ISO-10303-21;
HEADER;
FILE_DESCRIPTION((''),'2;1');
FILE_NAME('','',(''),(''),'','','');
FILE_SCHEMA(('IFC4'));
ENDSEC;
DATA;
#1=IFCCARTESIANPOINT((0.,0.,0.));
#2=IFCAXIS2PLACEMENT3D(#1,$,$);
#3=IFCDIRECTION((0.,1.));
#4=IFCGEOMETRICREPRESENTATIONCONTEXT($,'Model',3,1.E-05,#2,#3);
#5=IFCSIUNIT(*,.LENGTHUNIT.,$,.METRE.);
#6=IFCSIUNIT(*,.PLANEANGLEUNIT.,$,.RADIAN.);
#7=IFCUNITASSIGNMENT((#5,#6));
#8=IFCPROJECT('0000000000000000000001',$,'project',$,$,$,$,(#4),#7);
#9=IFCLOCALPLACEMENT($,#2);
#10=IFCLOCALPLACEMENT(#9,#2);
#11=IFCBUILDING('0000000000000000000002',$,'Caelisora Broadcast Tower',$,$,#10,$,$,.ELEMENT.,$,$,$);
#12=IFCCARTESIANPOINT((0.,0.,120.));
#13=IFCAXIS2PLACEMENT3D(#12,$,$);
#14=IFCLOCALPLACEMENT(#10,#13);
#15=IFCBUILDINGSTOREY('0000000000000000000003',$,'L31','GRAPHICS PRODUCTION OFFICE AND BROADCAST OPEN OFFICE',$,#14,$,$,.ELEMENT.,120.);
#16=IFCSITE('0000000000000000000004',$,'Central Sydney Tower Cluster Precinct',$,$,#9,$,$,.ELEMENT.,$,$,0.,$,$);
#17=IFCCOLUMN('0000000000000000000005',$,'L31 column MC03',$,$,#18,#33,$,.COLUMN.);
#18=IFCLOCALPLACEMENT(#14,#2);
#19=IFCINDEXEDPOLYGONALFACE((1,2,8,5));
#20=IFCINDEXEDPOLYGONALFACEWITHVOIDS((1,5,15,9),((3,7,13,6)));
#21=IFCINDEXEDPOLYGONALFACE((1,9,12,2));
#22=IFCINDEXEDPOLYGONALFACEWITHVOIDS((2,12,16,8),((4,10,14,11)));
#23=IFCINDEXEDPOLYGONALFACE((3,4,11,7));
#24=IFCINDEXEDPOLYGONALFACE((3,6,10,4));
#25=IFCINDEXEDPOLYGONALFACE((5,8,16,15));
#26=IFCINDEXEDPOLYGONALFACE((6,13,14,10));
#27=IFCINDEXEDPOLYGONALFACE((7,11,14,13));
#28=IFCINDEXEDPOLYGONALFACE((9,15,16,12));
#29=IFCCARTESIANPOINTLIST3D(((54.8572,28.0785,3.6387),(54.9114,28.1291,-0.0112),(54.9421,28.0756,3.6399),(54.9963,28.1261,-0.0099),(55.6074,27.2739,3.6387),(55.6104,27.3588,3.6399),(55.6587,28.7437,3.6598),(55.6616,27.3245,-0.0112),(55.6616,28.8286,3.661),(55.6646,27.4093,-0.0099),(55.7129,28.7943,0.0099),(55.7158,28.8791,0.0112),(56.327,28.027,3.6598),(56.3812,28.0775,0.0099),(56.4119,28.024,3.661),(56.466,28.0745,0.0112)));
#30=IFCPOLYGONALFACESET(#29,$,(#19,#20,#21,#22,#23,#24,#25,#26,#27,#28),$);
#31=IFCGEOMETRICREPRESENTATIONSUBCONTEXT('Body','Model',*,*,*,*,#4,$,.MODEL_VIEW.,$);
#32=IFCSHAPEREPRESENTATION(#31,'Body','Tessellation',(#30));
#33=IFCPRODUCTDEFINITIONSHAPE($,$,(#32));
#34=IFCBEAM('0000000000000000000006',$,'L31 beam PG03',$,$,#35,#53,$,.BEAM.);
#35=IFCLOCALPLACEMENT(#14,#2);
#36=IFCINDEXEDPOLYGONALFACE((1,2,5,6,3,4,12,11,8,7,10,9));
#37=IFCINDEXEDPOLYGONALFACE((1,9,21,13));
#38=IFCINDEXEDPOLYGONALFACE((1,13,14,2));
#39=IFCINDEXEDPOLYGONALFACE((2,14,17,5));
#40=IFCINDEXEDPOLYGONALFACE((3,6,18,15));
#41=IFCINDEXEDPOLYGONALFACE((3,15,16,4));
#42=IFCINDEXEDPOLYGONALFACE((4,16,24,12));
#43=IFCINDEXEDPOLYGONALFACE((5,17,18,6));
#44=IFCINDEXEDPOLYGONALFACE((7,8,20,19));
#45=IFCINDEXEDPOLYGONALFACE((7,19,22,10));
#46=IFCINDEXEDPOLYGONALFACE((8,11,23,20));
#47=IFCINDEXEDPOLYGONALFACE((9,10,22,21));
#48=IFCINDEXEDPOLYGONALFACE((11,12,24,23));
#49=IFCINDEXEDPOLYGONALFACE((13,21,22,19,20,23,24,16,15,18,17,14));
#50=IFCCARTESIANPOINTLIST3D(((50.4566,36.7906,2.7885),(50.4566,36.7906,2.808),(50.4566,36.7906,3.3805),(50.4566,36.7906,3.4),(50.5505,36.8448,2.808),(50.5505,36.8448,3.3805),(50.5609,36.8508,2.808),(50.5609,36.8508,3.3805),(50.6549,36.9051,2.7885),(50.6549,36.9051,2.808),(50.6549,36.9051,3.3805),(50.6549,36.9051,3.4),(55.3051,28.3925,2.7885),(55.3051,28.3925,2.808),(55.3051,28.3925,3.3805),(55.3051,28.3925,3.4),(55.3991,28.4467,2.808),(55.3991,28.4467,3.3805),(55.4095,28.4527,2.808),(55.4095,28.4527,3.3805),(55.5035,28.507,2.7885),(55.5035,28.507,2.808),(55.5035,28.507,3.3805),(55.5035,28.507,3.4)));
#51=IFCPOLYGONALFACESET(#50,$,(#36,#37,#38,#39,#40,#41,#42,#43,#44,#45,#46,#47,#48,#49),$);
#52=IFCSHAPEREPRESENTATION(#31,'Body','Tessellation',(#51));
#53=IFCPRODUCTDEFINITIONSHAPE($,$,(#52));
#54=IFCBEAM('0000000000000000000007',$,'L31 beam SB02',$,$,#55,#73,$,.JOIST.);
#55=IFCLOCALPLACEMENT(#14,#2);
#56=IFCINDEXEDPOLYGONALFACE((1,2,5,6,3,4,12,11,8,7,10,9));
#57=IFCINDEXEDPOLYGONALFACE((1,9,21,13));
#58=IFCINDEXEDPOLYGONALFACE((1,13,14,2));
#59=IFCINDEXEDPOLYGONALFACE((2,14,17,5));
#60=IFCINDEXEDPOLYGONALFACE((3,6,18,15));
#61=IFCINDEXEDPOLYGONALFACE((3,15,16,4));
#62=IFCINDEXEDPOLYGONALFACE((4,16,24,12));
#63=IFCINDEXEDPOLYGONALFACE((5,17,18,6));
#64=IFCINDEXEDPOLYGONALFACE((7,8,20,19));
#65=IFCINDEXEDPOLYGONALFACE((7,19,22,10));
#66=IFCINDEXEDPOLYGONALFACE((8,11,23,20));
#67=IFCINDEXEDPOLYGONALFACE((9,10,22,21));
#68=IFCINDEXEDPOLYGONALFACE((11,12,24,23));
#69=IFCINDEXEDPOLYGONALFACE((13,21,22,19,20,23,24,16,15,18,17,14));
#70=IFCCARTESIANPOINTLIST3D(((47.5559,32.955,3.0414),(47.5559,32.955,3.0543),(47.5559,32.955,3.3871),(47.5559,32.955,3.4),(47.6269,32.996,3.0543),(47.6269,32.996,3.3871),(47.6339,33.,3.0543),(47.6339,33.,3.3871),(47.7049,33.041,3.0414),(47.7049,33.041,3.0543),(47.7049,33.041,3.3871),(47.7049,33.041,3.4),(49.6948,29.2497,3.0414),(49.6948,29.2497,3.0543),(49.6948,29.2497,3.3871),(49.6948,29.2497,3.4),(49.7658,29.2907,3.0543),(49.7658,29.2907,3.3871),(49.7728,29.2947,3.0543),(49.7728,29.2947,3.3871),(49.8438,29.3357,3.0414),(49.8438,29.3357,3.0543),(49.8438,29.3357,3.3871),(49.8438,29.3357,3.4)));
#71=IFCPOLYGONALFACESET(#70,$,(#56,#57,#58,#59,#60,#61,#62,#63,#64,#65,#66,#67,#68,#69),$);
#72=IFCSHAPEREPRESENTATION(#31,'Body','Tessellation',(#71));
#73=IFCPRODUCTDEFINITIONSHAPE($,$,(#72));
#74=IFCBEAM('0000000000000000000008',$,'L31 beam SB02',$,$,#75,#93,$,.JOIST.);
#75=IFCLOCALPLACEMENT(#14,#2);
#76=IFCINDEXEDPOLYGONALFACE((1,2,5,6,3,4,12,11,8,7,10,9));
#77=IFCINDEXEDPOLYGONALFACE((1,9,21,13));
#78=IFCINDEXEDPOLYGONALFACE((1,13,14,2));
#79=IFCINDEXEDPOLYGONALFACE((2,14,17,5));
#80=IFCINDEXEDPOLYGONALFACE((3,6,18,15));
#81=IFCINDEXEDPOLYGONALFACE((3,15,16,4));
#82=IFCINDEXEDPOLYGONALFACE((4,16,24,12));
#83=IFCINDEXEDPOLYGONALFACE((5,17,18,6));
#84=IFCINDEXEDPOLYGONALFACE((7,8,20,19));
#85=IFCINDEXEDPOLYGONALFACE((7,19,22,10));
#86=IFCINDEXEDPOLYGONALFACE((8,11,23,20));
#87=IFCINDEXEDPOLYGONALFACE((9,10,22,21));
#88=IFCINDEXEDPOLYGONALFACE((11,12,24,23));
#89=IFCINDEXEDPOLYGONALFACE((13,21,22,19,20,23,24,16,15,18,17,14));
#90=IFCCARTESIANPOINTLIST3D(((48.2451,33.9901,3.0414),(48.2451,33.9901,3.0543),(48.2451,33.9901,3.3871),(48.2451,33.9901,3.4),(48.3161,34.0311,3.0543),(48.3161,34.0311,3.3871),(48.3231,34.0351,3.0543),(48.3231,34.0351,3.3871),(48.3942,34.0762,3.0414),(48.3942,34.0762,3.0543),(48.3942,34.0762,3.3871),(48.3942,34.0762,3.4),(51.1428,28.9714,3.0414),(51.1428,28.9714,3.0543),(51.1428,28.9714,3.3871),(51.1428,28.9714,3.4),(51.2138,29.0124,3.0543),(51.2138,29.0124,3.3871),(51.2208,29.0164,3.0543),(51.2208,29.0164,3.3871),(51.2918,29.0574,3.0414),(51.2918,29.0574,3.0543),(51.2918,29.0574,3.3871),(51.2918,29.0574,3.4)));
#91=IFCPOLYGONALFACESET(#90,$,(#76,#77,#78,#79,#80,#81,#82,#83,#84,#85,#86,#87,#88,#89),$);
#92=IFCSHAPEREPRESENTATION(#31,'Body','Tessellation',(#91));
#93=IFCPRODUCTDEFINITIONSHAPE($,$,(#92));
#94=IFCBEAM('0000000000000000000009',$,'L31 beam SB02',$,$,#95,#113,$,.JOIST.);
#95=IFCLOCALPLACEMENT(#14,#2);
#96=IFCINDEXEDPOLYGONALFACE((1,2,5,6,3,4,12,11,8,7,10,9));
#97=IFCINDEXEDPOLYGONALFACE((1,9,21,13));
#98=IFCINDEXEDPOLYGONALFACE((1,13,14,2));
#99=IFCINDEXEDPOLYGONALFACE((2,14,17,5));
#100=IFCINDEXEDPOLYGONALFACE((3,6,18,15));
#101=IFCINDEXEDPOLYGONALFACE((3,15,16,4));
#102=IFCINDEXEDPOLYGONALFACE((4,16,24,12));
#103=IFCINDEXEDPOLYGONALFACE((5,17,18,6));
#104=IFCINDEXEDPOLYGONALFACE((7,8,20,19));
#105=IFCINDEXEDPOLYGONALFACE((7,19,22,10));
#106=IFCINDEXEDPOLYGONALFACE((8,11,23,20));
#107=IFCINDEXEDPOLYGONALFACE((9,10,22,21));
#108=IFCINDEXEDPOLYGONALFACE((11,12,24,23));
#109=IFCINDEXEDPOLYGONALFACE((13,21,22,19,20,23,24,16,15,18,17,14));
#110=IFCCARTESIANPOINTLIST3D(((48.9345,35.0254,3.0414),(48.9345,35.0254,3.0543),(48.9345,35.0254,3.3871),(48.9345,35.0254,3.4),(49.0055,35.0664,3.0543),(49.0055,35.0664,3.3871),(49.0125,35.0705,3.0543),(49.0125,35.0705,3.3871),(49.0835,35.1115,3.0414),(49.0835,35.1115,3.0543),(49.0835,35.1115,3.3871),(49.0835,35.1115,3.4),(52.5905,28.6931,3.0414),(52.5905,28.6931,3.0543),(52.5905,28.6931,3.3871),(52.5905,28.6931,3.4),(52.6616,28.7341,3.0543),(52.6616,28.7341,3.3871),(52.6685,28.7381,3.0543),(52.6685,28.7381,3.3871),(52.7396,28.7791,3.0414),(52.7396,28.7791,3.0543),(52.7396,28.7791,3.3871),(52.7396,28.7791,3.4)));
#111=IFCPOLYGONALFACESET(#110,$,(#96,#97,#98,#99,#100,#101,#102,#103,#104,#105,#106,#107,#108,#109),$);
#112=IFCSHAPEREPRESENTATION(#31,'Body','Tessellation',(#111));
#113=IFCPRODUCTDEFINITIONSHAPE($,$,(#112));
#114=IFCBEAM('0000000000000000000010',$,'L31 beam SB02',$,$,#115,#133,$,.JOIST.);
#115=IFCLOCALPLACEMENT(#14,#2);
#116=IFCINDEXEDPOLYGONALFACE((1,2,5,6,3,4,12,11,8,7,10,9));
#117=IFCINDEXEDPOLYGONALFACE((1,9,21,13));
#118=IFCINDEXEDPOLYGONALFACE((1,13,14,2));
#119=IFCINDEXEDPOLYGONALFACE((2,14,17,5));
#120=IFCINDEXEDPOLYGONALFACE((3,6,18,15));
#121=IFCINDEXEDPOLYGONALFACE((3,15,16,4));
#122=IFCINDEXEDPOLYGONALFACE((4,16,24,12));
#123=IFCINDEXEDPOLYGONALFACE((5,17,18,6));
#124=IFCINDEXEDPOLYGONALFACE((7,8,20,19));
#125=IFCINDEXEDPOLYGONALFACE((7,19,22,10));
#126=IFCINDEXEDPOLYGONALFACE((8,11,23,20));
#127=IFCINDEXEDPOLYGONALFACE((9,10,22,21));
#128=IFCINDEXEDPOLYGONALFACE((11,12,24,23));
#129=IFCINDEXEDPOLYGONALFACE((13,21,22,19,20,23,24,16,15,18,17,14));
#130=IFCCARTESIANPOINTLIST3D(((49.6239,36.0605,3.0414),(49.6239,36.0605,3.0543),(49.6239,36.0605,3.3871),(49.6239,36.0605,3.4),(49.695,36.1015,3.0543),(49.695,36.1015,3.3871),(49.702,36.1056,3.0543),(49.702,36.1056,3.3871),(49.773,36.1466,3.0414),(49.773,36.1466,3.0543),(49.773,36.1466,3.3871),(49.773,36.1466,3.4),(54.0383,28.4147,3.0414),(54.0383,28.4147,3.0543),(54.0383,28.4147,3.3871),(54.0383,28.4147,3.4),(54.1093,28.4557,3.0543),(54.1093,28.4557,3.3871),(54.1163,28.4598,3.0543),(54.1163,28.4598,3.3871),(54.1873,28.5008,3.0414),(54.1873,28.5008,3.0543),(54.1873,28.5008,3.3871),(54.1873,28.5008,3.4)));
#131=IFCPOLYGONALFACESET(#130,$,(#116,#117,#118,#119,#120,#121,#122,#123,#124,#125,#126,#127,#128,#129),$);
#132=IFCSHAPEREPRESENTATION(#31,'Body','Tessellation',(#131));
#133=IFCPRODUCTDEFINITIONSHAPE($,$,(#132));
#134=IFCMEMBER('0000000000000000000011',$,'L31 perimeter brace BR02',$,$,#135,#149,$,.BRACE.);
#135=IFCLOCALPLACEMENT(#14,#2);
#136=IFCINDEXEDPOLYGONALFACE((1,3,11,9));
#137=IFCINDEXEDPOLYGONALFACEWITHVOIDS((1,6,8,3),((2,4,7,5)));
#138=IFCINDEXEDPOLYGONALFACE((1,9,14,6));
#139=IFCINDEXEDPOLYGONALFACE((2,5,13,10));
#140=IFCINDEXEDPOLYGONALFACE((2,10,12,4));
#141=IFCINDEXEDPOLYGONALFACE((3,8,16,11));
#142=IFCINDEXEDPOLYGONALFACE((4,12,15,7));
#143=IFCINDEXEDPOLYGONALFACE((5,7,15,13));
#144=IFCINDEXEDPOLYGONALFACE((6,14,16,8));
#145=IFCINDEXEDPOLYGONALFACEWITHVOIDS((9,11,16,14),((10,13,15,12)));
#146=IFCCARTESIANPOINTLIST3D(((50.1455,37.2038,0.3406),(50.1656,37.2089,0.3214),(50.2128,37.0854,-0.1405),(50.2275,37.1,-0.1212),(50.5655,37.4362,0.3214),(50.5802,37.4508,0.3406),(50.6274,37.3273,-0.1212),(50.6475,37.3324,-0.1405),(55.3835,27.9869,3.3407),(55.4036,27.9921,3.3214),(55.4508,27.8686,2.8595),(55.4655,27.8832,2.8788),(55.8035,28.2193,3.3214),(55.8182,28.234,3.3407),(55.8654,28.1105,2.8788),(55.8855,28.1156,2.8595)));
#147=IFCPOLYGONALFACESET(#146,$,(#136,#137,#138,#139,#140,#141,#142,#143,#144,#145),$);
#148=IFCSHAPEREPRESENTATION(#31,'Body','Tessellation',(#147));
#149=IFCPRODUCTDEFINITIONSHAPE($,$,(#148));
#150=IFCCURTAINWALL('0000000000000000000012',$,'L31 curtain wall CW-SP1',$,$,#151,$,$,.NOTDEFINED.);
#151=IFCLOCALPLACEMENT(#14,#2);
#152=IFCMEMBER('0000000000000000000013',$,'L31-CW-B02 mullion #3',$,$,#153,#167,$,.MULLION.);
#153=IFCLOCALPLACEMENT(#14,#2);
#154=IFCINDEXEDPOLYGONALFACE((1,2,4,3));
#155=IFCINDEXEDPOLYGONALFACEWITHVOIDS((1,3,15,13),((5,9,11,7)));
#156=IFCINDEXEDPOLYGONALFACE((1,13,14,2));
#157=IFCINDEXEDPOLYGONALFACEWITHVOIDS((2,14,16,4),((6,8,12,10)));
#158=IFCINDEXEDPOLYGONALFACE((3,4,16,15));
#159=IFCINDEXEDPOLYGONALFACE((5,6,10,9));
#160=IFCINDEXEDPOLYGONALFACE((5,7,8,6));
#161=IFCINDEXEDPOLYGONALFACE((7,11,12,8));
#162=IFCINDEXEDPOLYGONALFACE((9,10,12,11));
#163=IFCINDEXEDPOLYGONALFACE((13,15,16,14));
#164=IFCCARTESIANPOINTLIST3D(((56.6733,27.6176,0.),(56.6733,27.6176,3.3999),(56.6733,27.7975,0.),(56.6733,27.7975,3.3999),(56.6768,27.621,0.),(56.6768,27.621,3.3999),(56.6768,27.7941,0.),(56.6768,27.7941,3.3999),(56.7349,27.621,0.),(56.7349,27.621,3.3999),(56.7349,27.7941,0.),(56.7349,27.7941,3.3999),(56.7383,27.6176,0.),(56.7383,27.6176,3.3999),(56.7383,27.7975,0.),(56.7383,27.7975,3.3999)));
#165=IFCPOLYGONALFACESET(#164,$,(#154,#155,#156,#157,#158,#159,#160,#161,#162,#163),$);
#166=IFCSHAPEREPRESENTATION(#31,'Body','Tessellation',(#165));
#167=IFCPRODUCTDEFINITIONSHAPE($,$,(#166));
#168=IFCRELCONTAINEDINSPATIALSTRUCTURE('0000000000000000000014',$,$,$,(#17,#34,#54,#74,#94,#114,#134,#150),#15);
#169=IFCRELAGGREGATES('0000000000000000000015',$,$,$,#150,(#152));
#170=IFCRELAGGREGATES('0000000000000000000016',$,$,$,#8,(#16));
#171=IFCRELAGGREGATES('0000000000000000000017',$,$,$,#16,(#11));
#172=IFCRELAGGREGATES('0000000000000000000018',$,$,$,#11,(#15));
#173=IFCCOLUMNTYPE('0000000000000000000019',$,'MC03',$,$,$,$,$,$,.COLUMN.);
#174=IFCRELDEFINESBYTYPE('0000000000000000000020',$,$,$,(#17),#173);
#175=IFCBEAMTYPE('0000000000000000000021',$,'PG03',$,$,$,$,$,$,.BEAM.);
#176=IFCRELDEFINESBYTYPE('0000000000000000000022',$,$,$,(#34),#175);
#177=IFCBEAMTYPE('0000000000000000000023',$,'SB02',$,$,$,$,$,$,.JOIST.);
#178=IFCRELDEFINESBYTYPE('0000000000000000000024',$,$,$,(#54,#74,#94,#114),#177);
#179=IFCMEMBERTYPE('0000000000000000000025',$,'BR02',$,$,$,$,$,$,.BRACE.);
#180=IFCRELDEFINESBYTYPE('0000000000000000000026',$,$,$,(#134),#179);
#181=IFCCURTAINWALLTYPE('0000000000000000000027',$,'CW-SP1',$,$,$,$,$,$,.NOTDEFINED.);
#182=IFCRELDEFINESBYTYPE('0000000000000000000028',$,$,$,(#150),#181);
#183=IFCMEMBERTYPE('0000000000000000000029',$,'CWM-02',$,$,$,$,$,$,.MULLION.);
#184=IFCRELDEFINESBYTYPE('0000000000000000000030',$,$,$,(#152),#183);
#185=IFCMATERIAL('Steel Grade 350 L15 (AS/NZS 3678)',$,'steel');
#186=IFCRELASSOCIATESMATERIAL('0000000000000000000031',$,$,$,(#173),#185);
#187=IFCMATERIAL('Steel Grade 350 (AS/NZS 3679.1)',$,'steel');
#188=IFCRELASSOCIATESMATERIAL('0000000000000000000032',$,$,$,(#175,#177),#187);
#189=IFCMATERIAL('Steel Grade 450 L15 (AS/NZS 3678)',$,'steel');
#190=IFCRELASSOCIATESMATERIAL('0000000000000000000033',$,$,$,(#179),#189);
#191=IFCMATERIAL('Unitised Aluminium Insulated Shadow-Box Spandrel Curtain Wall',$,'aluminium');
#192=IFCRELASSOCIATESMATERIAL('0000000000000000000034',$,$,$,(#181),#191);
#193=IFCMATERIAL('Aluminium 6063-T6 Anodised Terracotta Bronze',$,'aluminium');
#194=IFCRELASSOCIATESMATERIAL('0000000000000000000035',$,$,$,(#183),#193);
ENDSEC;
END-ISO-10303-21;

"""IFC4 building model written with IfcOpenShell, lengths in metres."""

from ifc_helpers import new_model, si_unit, direction, frame, origin, origin_2d, place, context, subcontext, project, spatial, hollow_rectangle, i_section, extrude, source, transform, mapped, material, material_profile, profile_set, type_object, type_shapes, element, aggregate, save


model = new_model("IFC4")

# Units and contexts
model_context = context("Model", 3, precision=1e-05, world=origin(), true_north=direction((0.0, 1.0)))
body_context = subcontext(model_context, "Body", "Model", "MODEL_VIEW")
ifc_project = project(units=[si_unit("LENGTHUNIT", "METRE"), si_unit("PLANEANGLEUNIT", "RADIAN")], contexts=[model_context])

# Site, building, storey
site_placement = place(None, origin())
site = spatial("IfcSite", under=ifc_project, at=site_placement, Name="Central Sydney Tower Cluster Precinct", CompositionType="ELEMENT", RefElevation=0.0)
building_placement = place(site_placement, origin())
building = spatial("IfcBuilding", under=site, at=building_placement, Name="Caelisora Broadcast Tower", CompositionType="ELEMENT")
storey_placement = place(building_placement, frame((0.0, 0.0, 120.0)))
storey = spatial("IfcBuildingStorey", under=building, at=storey_placement, Name="L31", Description="GRAPHICS PRODUCTION OFFICE AND BROADCAST OPEN OFFICE", CompositionType="ELEMENT", Elevation=120.0)

# Column
ifc_material_1 = material(Name="Steel Grade 350 L15 (AS/NZS 3678)", Category="steel")
ifc_material_profile_1 = material_profile(ifc_material_1, hollow_rectangle(XDim=1.1001, YDim=1.1001, WallThickness=0.0601, at=origin_2d()), Name="Steel Grade 350 L15 (AS/NZS 3678)")
ifc_profile_set_1 = profile_set([ifc_material_profile_1], Name="Steel Grade 350 L15 (AS/NZS 3678)")
column_type = type_object("IfcColumnType", Name="MC03", PredefinedType="COLUMN", material=ifc_profile_set_1)
shared_shape_1 = source(origin(), body_context, "Body", "SweptSolid", [
    extrude(hollow_rectangle(XDim=1.1001, YDim=1.1001, WallThickness=0.0601, at=origin_2d()), origin(), (0.0, 0.0, 1.0), 3.6506),
])
type_shapes(column_type, [shared_shape_1])
column_placement = place(storey_placement, frame((55.6887, 28.1018, 0.0), z_axis=(-0.014846, -0.013843, 0.999794), x_axis=(0.681966, -0.731384, 0.0)))
element("IfcColumn", 1, at=column_placement, inside=storey, type_object=column_type, Name="L31 column MC03", PredefinedType="COLUMN", context=body_context, shape_type="MappedRepresentation", body=[
    mapped(shared_shape_1, transform((0.0, 0.0, 0.0), scale=1.0)),
])

# Beams
ifc_material_2 = material(Name="Steel Grade 350 (AS/NZS 3679.1)", Category="steel")
ifc_material_profile_2 = material_profile(ifc_material_2, i_section(OverallWidth=0.229, OverallDepth=0.6116, WebThickness=0.012, FlangeThickness=0.0195, at=origin_2d()), Name="Steel Grade 350 (AS/NZS 3679.1)")
ifc_profile_set_2 = profile_set([ifc_material_profile_2], Name="Steel Grade 350 (AS/NZS 3679.1)")
beam_type_1 = type_object("IfcBeamType", Name="PG03", PredefinedType="BEAM", material=ifc_profile_set_2)
shared_shape_2 = source(origin(), body_context, "Body", "SweptSolid", [
    extrude(i_section(OverallWidth=0.229, OverallDepth=0.6116, WebThickness=0.012, FlangeThickness=0.0195, at=origin_2d()), origin(), (0.0, 0.0, 1.0), 9.6973),
])
type_shapes(beam_type_1, [shared_shape_2])
beam_1_placement = place(storey_placement, frame((55.4043, 28.4497, 3.0942), z_axis=(-0.499995, 0.866028, 0.0), x_axis=(-0.866028, -0.499995, 0.0)))
element("IfcBeam", 2, at=beam_1_placement, inside=storey, type_object=beam_type_1, Name="L31 beam PG03", PredefinedType="BEAM", context=body_context, shape_type="MappedRepresentation", body=[
    mapped(shared_shape_2, transform((0.0, 0.0, 0.0), scale=1.0)),
])
ifc_material_profile_3 = material_profile(ifc_material_2, i_section(OverallWidth=0.1721, OverallDepth=0.3586, WebThickness=0.0081, FlangeThickness=0.0129, at=origin_2d()), Name="Steel Grade 350 (AS/NZS 3679.1)")
ifc_profile_set_3 = profile_set([ifc_material_profile_3], Name="Steel Grade 350 (AS/NZS 3679.1)")
beam_type_2 = type_object("IfcBeamType", Name="SB02", PredefinedType="JOIST", material=ifc_profile_set_3)
shared_shape_3 = source(origin(), body_context, "Body", "SweptSolid", [
    extrude(i_section(OverallWidth=0.1721, OverallDepth=0.3586, WebThickness=0.0081, FlangeThickness=0.0129, at=origin_2d()), origin(), (0.0, 0.0, 1.0), 4.2783),
])
beam_2_placement = place(storey_placement, frame((49.7693, 29.2927, 3.2207), z_axis=(-0.499938, 0.866061, 0.0), x_axis=(-0.866061, -0.499938, 0.0)))
element("IfcBeam", 3, at=beam_2_placement, inside=storey, type_object=beam_type_2, Name="L31 beam SB02", PredefinedType="JOIST", context=body_context, shape_type="MappedRepresentation", body=[
    mapped(shared_shape_3, transform((0.0, 0.0, 0.0), scale=1.0)),
])
shared_shape_4 = source(origin(), body_context, "Body", "SweptSolid", [
    extrude(i_section(OverallWidth=0.1721, OverallDepth=0.3586, WebThickness=0.0081, FlangeThickness=0.0129, at=origin_2d()), origin(), (0.0, 0.0, 1.0), 5.7952),
])
beam_3_placement = place(storey_placement, frame((51.2173, 29.0144, 3.2207), z_axis=(-0.500013, 0.866018, 0.0), x_axis=(-0.866018, -0.500013, 0.0)))
element("IfcBeam", 4, at=beam_3_placement, inside=storey, type_object=beam_type_2, Name="L31 beam SB02", PredefinedType="JOIST", context=body_context, shape_type="MappedRepresentation", body=[
    mapped(shared_shape_4, transform((0.0, 0.0, 0.0), scale=1.0)),
])
shared_shape_5 = source(origin(), body_context, "Body", "SweptSolid", [
    extrude(i_section(OverallWidth=0.1721, OverallDepth=0.3586, WebThickness=0.0081, FlangeThickness=0.0129, at=origin_2d()), origin(), (0.0, 0.0, 1.0), 7.312),
])
beam_4_placement = place(storey_placement, frame((52.665, 28.7361, 3.2207), z_axis=(-0.500007, 0.866022, 0.0), x_axis=(-0.866022, -0.500007, 0.0)))
element("IfcBeam", 5, at=beam_4_placement, inside=storey, type_object=beam_type_2, Name="L31 beam SB02", PredefinedType="JOIST", context=body_context, shape_type="MappedRepresentation", body=[
    mapped(shared_shape_5, transform((0.0, 0.0, 0.0), scale=1.0)),
])
shared_shape_6 = source(origin(), body_context, "Body", "SweptSolid", [
    extrude(i_section(OverallWidth=0.1721, OverallDepth=0.3586, WebThickness=0.0081, FlangeThickness=0.0129, at=origin_2d()), origin(), (0.0, 0.0, 1.0), 8.8286),
])
type_shapes(beam_type_2, [shared_shape_3, shared_shape_4, shared_shape_5, shared_shape_6])
beam_5_placement = place(storey_placement, frame((54.1128, 28.4578, 3.2207), z_axis=(-0.500003, 0.866024, 0.0), x_axis=(-0.866024, -0.500003, 0.0)))
element("IfcBeam", 6, at=beam_5_placement, inside=storey, type_object=beam_type_2, Name="L31 beam SB02", PredefinedType="JOIST", context=body_context, shape_type="MappedRepresentation", body=[
    mapped(shared_shape_6, transform((0.0, 0.0, 0.0), scale=1.0)),
])

# Member
ifc_material_3 = material(Name="Steel Grade 450 L15 (AS/NZS 3678)", Category="steel")
ifc_material_profile_4 = material_profile(ifc_material_3, hollow_rectangle(XDim=0.5, YDim=0.5, WallThickness=0.02, at=origin_2d()), Name="Steel Grade 450 L15 (AS/NZS 3678)")
ifc_profile_set_4 = profile_set([ifc_material_profile_4], Name="Steel Grade 450 L15 (AS/NZS 3678)")
member_type_1 = type_object("IfcMemberType", Name="BR02", PredefinedType="BRACE", material=ifc_profile_set_4)
shared_shape_7 = source(origin(), body_context, "Body", "SweptSolid", [
    extrude(hollow_rectangle(XDim=0.5, YDim=0.5, WallThickness=0.02, at=origin_2d()), origin(), (0.0, 0.0, 1.0), 11.0176),
])
type_shapes(member_type_1, [shared_shape_7])
member_1_placement = place(storey_placement, frame((55.6345, 28.0513, 3.1001), z_axis=(-0.475427, 0.836556, -0.272293), x_axis=(-0.869407, -0.494096, 0.0)))
element("IfcMember", 7, at=member_1_placement, inside=storey, type_object=member_type_1, Name="L31 perimeter brace BR02", PredefinedType="BRACE", context=body_context, shape_type="MappedRepresentation", body=[
    mapped(shared_shape_7, transform((0.0, 0.0, 0.0), scale=1.0)),
])

# Curtain wall, member
ifc_material_4 = material(Name="Unitised Aluminium Insulated Shadow-Box Spandrel Curtain Wall", Category="aluminium")
curtain_wall_type_1 = type_object("IfcCurtainWallType", Name="CW-SP1", PredefinedType="NOTDEFINED", material=ifc_material_4)
curtain_wall_1_placement = place(storey_placement, origin())
curtain_wall_1 = element("IfcCurtainWall", 8, at=curtain_wall_1_placement, inside=storey, type_object=curtain_wall_type_1, Name="L31 curtain wall CW-SP1", PredefinedType="NOTDEFINED")
ifc_material_5 = material(Name="Aluminium 6063-T6 Anodised Terracotta Bronze", Category="aluminium")
ifc_material_profile_5 = material_profile(ifc_material_5, hollow_rectangle(XDim=0.0649, YDim=0.1799, WallThickness=0.0034, at=origin_2d()), Name="Aluminium 6063-T6 Anodised Terracotta Bronze")
ifc_profile_set_5 = profile_set([ifc_material_profile_5], Name="Aluminium 6063-T6 Anodised Terracotta Bronze")
member_type_2 = type_object("IfcMemberType", Name="CWM-02", PredefinedType="MULLION", material=ifc_profile_set_5)
shared_shape_8 = source(origin(), body_context, "Body", "SweptSolid", [
    extrude(hollow_rectangle(XDim=0.0649, YDim=0.1799, WallThickness=0.0034, at=origin_2d()), origin(), (0.0, 0.0, 1.0), 3.3999),
])
type_shapes(member_type_2, [shared_shape_8])
member_2_placement = place(storey_placement, frame((56.7058, 27.7075, 0.0), z_axis=(0.0, 0.0, 1.0), x_axis=(1.0, 0.0, 0.0)))
member_2 = element("IfcMember", 9, at=member_2_placement, type_object=member_type_2, Name="L31-CW-B02 mullion #3", PredefinedType="MULLION", context=body_context, shape_type="MappedRepresentation", body=[
    mapped(shared_shape_8, transform((0.0, 0.0, 0.0), scale=1.0)),
])

aggregate(curtain_wall_1, [member_2])

save(model, "model.ifc")
